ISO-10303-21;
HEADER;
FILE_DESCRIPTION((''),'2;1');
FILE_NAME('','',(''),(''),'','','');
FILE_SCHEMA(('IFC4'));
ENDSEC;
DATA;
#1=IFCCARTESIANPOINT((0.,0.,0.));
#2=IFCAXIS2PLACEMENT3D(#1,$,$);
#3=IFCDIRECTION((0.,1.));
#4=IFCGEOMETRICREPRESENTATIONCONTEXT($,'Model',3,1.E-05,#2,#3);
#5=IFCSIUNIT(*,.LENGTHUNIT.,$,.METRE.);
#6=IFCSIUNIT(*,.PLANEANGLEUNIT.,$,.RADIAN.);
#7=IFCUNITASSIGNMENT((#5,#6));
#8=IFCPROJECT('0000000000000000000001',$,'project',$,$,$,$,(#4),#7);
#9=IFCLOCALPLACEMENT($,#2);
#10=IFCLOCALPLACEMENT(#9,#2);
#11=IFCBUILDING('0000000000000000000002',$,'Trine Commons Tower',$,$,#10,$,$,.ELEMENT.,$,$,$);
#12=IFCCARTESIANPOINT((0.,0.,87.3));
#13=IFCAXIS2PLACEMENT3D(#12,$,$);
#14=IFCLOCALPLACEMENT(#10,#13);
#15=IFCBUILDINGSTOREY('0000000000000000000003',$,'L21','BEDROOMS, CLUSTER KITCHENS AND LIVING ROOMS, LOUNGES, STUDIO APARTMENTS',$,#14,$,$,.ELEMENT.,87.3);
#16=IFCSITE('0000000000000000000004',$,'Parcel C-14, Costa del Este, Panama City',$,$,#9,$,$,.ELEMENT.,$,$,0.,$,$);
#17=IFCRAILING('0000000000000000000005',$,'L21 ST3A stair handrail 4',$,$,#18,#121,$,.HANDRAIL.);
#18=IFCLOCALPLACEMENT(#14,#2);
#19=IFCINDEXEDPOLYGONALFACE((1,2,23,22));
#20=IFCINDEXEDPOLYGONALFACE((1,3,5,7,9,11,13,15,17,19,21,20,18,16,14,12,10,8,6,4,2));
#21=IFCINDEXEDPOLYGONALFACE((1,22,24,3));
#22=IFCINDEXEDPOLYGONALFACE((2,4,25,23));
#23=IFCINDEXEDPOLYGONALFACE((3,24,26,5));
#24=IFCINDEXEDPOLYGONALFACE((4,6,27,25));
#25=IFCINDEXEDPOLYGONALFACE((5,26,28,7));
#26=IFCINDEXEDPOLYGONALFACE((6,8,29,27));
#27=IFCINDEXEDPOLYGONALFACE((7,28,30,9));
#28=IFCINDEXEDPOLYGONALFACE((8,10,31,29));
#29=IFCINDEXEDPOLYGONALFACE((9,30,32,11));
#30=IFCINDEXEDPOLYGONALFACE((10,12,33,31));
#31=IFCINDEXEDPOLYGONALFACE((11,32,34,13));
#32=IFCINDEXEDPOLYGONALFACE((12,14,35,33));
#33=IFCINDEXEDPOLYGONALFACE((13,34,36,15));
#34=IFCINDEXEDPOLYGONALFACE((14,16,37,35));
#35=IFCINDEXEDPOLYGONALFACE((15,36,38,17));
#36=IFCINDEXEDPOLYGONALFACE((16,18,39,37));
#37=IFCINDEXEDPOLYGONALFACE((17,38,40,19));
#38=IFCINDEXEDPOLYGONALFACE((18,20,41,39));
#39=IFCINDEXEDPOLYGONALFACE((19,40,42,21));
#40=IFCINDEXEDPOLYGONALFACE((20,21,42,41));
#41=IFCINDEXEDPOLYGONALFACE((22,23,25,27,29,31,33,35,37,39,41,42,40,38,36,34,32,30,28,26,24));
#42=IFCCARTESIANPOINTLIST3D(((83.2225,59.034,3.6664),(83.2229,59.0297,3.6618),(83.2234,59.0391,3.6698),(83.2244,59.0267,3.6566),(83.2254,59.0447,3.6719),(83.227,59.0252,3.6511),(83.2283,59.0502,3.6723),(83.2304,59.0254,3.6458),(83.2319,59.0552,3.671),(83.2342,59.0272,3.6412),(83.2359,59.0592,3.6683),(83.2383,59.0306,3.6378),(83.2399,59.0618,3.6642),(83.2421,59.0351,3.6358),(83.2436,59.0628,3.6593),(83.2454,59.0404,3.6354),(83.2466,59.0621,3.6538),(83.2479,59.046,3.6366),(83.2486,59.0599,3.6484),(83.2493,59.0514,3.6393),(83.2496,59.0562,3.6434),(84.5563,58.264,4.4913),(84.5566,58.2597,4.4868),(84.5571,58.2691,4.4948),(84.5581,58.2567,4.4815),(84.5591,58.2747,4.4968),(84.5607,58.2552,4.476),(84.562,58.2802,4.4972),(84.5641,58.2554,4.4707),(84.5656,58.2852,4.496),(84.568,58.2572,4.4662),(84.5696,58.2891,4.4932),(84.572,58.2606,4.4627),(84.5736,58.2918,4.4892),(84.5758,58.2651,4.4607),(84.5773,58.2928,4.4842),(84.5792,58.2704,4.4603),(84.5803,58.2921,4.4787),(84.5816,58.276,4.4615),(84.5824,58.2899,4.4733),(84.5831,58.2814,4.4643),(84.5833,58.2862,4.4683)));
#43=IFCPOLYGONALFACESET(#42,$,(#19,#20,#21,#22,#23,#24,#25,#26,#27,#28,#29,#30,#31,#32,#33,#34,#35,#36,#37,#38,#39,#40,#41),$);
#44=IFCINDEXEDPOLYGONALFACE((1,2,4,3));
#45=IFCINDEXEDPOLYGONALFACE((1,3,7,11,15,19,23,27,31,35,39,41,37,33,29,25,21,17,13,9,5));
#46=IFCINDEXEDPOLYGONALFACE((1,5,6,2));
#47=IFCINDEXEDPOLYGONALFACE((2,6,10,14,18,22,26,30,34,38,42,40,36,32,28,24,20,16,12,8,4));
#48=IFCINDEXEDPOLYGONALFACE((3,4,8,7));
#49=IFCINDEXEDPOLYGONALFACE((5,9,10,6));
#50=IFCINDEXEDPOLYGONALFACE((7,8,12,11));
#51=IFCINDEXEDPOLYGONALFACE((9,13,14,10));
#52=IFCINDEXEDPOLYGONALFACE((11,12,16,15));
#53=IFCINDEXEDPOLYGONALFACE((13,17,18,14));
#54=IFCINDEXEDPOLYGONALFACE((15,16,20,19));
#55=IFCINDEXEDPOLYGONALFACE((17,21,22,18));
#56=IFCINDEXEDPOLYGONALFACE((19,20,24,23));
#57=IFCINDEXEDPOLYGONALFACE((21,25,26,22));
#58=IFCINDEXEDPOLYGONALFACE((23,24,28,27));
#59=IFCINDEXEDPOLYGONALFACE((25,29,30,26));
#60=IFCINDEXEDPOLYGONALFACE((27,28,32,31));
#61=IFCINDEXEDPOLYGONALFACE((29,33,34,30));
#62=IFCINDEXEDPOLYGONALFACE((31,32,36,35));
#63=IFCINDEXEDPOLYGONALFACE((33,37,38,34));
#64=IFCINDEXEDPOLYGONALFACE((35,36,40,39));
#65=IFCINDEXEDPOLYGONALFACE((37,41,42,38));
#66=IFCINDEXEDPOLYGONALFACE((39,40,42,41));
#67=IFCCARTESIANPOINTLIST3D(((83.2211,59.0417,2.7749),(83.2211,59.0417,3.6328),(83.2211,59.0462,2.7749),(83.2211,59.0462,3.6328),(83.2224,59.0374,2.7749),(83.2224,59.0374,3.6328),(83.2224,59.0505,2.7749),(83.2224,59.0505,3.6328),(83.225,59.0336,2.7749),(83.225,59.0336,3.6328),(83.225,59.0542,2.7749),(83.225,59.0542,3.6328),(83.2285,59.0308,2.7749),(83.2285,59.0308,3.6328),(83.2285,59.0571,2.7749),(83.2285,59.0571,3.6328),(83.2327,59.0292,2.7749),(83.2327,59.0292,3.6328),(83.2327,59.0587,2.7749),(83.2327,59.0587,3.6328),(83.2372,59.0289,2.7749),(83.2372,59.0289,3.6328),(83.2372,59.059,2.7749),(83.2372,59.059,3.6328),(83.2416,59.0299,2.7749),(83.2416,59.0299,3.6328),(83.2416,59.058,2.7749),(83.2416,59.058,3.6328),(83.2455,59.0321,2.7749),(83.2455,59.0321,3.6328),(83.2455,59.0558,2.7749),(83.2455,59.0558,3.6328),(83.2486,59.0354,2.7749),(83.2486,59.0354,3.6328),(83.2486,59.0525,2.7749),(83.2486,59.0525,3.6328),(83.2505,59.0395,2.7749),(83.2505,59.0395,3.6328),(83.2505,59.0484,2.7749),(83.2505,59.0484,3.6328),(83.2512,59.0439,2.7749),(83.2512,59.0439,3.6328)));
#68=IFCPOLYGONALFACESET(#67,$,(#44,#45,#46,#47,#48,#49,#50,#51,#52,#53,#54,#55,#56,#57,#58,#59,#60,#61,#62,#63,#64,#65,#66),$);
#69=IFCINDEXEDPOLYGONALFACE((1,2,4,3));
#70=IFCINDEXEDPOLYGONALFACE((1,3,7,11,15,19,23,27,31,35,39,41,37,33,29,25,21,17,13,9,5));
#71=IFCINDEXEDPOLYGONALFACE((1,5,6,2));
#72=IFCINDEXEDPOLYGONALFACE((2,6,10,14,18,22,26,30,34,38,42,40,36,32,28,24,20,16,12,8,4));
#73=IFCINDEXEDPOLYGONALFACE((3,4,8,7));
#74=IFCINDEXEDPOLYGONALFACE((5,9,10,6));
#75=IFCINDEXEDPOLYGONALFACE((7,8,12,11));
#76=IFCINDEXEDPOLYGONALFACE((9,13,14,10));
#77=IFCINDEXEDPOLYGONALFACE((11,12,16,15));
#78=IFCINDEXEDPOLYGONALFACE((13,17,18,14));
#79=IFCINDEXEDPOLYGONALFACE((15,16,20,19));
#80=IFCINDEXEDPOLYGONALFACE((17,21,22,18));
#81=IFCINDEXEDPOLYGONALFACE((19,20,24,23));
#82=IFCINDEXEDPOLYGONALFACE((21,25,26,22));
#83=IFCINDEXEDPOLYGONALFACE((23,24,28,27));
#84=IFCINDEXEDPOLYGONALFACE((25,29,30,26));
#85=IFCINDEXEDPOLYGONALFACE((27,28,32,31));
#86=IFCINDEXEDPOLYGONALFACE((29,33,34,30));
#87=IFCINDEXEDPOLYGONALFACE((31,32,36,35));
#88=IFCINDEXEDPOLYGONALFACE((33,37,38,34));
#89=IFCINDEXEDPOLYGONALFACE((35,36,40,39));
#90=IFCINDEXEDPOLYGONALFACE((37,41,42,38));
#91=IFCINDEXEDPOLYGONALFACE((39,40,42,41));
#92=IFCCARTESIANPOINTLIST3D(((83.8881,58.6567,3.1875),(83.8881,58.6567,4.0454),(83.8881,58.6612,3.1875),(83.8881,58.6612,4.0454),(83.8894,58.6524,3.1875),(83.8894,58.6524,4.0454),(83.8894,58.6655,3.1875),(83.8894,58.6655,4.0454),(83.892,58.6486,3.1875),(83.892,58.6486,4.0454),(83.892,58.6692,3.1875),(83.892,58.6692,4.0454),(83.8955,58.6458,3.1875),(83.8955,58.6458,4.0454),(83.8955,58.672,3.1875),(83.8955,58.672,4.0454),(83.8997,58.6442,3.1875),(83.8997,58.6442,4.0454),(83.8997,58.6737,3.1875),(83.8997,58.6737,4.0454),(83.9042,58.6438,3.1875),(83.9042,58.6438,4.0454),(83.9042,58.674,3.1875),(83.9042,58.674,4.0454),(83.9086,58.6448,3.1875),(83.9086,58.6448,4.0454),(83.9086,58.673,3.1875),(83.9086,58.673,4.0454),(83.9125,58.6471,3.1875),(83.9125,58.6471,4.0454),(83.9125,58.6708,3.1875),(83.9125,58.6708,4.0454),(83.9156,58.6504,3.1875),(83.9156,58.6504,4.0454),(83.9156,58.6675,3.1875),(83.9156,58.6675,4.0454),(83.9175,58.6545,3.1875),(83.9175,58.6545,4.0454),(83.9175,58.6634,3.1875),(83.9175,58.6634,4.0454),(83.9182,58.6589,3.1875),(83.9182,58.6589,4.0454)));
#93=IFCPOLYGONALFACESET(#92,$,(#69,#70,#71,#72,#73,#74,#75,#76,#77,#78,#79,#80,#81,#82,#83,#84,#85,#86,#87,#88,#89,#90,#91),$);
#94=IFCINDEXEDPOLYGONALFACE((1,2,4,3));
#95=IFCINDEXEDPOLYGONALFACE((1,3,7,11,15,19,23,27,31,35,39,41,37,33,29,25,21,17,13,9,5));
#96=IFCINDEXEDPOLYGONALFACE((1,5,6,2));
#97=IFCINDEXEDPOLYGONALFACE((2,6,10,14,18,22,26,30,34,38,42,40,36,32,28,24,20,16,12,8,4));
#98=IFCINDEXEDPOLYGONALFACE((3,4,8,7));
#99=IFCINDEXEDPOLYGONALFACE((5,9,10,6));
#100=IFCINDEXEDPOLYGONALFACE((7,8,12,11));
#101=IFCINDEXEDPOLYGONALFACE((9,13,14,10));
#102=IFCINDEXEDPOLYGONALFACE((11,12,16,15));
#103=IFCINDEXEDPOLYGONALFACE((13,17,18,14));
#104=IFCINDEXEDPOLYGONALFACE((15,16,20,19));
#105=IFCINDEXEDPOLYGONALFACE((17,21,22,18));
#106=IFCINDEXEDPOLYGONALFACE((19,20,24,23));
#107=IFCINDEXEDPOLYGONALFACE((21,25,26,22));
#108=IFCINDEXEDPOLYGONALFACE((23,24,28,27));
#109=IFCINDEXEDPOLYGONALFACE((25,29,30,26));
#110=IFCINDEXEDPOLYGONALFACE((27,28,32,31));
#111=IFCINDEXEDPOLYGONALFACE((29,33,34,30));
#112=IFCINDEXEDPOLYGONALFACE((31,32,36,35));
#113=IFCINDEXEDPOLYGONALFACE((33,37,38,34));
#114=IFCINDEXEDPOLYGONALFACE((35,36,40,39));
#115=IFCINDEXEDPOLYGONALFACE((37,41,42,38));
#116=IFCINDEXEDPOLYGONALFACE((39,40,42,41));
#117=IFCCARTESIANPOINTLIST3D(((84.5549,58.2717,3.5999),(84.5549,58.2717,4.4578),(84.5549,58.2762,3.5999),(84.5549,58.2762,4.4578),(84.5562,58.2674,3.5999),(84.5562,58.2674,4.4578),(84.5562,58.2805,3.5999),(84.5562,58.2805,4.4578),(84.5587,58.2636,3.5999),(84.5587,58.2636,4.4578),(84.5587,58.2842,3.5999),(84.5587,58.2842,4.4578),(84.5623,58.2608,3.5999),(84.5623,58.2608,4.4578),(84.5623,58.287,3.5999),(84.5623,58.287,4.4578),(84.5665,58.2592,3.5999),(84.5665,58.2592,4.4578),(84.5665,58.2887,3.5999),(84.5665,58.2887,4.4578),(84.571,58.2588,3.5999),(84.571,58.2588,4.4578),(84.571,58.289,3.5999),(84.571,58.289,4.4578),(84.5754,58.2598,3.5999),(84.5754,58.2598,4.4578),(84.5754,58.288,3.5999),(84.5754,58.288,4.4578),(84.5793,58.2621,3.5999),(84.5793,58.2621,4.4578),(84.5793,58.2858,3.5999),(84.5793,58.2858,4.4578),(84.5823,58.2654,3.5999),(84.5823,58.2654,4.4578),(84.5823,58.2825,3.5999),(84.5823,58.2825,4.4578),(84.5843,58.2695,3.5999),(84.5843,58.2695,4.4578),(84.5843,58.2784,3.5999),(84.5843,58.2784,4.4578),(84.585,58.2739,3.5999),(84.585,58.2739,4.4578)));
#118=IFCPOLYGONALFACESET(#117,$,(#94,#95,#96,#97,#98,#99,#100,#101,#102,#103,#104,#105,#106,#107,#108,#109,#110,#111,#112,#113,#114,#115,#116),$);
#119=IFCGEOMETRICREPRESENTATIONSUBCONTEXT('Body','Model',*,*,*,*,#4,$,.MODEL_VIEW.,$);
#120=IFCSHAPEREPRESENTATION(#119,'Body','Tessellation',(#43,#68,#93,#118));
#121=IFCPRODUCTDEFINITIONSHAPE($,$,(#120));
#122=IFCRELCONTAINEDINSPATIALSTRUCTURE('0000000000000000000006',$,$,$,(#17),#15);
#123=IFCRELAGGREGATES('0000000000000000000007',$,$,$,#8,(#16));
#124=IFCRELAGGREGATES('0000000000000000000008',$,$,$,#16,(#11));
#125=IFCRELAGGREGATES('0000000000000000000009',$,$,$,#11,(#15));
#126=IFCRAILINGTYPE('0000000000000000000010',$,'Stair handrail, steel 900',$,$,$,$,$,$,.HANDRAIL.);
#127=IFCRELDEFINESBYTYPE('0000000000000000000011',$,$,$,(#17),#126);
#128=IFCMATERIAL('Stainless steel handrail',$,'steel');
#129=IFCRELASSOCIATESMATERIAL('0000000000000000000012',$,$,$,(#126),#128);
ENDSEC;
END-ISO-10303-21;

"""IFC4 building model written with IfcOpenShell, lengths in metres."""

from ifc_helpers import new_model, si_unit, direction, frame, origin, origin_2d, place, context, subcontext, project, spatial, circle, extrude, material, type_object, element, save


model = new_model("IFC4")

# Units and contexts
model_context = context("Model", 3, precision=1e-05, world=origin(), true_north=direction((0.0, 1.0)))
body_context = subcontext(model_context, "Body", "Model", "MODEL_VIEW")
ifc_project = project(units=[si_unit("LENGTHUNIT", "METRE"), si_unit("PLANEANGLEUNIT", "RADIAN")], contexts=[model_context])

# Site, building, storey
site_placement = place(None, origin())
site = spatial("IfcSite", under=ifc_project, at=site_placement, Name="Parcel C-14, Costa del Este, Panama City", CompositionType="ELEMENT", RefElevation=0.0)
building_placement = place(site_placement, origin())
building = spatial("IfcBuilding", under=site, at=building_placement, Name="Trine Commons Tower", CompositionType="ELEMENT")
storey_placement = place(building_placement, frame((0.0, 0.0, 87.3)))
storey = spatial("IfcBuildingStorey", under=building, at=storey_placement, Name="L21", Description="BEDROOMS, CLUSTER KITCHENS AND LIVING ROOMS, LOUNGES, STUDIO APARTMENTS", CompositionType="ELEMENT", Elevation=87.3)

# Railing
ifc_material_1 = material(Name="Stainless steel handrail", Category="steel")
railing_type_1 = type_object("IfcRailingType", Name="Stair handrail, steel 900", PredefinedType="HANDRAIL", material=ifc_material_1)
railing_1_placement = place(storey_placement, frame((83.2361, 59.0439, 2.7749)))
element("IfcRailing", 1, at=railing_1_placement, inside=storey, type_object=railing_type_1, Name="L21 ST3A stair handrail 4", PredefinedType="HANDRAIL", context=body_context, shape_type="SweptSolid", body=[
    extrude(circle(Radius=0.021, at=origin_2d()), frame((0.0, 0.0, 0.8789), z_axis=(0.763405, -0.440743, 0.472185), x_axis=(0.499992, 0.86603, 0.0)), (0.0, 0.0, 1.0), 1.7471),
    extrude(circle(Radius=0.0151, at=origin_2d()), origin(), (0.0, 0.0, 1.0), 0.8579),
    extrude(circle(Radius=0.0151, at=origin_2d()), frame((0.667, -0.385, 0.4126)), (0.0, 0.0, 1.0), 0.8579),
    extrude(circle(Radius=0.0151, at=origin_2d()), frame((1.3337, -0.77, 0.825)), (0.0, 0.0, 1.0), 0.8579),
])

save(model, "model.ifc")
